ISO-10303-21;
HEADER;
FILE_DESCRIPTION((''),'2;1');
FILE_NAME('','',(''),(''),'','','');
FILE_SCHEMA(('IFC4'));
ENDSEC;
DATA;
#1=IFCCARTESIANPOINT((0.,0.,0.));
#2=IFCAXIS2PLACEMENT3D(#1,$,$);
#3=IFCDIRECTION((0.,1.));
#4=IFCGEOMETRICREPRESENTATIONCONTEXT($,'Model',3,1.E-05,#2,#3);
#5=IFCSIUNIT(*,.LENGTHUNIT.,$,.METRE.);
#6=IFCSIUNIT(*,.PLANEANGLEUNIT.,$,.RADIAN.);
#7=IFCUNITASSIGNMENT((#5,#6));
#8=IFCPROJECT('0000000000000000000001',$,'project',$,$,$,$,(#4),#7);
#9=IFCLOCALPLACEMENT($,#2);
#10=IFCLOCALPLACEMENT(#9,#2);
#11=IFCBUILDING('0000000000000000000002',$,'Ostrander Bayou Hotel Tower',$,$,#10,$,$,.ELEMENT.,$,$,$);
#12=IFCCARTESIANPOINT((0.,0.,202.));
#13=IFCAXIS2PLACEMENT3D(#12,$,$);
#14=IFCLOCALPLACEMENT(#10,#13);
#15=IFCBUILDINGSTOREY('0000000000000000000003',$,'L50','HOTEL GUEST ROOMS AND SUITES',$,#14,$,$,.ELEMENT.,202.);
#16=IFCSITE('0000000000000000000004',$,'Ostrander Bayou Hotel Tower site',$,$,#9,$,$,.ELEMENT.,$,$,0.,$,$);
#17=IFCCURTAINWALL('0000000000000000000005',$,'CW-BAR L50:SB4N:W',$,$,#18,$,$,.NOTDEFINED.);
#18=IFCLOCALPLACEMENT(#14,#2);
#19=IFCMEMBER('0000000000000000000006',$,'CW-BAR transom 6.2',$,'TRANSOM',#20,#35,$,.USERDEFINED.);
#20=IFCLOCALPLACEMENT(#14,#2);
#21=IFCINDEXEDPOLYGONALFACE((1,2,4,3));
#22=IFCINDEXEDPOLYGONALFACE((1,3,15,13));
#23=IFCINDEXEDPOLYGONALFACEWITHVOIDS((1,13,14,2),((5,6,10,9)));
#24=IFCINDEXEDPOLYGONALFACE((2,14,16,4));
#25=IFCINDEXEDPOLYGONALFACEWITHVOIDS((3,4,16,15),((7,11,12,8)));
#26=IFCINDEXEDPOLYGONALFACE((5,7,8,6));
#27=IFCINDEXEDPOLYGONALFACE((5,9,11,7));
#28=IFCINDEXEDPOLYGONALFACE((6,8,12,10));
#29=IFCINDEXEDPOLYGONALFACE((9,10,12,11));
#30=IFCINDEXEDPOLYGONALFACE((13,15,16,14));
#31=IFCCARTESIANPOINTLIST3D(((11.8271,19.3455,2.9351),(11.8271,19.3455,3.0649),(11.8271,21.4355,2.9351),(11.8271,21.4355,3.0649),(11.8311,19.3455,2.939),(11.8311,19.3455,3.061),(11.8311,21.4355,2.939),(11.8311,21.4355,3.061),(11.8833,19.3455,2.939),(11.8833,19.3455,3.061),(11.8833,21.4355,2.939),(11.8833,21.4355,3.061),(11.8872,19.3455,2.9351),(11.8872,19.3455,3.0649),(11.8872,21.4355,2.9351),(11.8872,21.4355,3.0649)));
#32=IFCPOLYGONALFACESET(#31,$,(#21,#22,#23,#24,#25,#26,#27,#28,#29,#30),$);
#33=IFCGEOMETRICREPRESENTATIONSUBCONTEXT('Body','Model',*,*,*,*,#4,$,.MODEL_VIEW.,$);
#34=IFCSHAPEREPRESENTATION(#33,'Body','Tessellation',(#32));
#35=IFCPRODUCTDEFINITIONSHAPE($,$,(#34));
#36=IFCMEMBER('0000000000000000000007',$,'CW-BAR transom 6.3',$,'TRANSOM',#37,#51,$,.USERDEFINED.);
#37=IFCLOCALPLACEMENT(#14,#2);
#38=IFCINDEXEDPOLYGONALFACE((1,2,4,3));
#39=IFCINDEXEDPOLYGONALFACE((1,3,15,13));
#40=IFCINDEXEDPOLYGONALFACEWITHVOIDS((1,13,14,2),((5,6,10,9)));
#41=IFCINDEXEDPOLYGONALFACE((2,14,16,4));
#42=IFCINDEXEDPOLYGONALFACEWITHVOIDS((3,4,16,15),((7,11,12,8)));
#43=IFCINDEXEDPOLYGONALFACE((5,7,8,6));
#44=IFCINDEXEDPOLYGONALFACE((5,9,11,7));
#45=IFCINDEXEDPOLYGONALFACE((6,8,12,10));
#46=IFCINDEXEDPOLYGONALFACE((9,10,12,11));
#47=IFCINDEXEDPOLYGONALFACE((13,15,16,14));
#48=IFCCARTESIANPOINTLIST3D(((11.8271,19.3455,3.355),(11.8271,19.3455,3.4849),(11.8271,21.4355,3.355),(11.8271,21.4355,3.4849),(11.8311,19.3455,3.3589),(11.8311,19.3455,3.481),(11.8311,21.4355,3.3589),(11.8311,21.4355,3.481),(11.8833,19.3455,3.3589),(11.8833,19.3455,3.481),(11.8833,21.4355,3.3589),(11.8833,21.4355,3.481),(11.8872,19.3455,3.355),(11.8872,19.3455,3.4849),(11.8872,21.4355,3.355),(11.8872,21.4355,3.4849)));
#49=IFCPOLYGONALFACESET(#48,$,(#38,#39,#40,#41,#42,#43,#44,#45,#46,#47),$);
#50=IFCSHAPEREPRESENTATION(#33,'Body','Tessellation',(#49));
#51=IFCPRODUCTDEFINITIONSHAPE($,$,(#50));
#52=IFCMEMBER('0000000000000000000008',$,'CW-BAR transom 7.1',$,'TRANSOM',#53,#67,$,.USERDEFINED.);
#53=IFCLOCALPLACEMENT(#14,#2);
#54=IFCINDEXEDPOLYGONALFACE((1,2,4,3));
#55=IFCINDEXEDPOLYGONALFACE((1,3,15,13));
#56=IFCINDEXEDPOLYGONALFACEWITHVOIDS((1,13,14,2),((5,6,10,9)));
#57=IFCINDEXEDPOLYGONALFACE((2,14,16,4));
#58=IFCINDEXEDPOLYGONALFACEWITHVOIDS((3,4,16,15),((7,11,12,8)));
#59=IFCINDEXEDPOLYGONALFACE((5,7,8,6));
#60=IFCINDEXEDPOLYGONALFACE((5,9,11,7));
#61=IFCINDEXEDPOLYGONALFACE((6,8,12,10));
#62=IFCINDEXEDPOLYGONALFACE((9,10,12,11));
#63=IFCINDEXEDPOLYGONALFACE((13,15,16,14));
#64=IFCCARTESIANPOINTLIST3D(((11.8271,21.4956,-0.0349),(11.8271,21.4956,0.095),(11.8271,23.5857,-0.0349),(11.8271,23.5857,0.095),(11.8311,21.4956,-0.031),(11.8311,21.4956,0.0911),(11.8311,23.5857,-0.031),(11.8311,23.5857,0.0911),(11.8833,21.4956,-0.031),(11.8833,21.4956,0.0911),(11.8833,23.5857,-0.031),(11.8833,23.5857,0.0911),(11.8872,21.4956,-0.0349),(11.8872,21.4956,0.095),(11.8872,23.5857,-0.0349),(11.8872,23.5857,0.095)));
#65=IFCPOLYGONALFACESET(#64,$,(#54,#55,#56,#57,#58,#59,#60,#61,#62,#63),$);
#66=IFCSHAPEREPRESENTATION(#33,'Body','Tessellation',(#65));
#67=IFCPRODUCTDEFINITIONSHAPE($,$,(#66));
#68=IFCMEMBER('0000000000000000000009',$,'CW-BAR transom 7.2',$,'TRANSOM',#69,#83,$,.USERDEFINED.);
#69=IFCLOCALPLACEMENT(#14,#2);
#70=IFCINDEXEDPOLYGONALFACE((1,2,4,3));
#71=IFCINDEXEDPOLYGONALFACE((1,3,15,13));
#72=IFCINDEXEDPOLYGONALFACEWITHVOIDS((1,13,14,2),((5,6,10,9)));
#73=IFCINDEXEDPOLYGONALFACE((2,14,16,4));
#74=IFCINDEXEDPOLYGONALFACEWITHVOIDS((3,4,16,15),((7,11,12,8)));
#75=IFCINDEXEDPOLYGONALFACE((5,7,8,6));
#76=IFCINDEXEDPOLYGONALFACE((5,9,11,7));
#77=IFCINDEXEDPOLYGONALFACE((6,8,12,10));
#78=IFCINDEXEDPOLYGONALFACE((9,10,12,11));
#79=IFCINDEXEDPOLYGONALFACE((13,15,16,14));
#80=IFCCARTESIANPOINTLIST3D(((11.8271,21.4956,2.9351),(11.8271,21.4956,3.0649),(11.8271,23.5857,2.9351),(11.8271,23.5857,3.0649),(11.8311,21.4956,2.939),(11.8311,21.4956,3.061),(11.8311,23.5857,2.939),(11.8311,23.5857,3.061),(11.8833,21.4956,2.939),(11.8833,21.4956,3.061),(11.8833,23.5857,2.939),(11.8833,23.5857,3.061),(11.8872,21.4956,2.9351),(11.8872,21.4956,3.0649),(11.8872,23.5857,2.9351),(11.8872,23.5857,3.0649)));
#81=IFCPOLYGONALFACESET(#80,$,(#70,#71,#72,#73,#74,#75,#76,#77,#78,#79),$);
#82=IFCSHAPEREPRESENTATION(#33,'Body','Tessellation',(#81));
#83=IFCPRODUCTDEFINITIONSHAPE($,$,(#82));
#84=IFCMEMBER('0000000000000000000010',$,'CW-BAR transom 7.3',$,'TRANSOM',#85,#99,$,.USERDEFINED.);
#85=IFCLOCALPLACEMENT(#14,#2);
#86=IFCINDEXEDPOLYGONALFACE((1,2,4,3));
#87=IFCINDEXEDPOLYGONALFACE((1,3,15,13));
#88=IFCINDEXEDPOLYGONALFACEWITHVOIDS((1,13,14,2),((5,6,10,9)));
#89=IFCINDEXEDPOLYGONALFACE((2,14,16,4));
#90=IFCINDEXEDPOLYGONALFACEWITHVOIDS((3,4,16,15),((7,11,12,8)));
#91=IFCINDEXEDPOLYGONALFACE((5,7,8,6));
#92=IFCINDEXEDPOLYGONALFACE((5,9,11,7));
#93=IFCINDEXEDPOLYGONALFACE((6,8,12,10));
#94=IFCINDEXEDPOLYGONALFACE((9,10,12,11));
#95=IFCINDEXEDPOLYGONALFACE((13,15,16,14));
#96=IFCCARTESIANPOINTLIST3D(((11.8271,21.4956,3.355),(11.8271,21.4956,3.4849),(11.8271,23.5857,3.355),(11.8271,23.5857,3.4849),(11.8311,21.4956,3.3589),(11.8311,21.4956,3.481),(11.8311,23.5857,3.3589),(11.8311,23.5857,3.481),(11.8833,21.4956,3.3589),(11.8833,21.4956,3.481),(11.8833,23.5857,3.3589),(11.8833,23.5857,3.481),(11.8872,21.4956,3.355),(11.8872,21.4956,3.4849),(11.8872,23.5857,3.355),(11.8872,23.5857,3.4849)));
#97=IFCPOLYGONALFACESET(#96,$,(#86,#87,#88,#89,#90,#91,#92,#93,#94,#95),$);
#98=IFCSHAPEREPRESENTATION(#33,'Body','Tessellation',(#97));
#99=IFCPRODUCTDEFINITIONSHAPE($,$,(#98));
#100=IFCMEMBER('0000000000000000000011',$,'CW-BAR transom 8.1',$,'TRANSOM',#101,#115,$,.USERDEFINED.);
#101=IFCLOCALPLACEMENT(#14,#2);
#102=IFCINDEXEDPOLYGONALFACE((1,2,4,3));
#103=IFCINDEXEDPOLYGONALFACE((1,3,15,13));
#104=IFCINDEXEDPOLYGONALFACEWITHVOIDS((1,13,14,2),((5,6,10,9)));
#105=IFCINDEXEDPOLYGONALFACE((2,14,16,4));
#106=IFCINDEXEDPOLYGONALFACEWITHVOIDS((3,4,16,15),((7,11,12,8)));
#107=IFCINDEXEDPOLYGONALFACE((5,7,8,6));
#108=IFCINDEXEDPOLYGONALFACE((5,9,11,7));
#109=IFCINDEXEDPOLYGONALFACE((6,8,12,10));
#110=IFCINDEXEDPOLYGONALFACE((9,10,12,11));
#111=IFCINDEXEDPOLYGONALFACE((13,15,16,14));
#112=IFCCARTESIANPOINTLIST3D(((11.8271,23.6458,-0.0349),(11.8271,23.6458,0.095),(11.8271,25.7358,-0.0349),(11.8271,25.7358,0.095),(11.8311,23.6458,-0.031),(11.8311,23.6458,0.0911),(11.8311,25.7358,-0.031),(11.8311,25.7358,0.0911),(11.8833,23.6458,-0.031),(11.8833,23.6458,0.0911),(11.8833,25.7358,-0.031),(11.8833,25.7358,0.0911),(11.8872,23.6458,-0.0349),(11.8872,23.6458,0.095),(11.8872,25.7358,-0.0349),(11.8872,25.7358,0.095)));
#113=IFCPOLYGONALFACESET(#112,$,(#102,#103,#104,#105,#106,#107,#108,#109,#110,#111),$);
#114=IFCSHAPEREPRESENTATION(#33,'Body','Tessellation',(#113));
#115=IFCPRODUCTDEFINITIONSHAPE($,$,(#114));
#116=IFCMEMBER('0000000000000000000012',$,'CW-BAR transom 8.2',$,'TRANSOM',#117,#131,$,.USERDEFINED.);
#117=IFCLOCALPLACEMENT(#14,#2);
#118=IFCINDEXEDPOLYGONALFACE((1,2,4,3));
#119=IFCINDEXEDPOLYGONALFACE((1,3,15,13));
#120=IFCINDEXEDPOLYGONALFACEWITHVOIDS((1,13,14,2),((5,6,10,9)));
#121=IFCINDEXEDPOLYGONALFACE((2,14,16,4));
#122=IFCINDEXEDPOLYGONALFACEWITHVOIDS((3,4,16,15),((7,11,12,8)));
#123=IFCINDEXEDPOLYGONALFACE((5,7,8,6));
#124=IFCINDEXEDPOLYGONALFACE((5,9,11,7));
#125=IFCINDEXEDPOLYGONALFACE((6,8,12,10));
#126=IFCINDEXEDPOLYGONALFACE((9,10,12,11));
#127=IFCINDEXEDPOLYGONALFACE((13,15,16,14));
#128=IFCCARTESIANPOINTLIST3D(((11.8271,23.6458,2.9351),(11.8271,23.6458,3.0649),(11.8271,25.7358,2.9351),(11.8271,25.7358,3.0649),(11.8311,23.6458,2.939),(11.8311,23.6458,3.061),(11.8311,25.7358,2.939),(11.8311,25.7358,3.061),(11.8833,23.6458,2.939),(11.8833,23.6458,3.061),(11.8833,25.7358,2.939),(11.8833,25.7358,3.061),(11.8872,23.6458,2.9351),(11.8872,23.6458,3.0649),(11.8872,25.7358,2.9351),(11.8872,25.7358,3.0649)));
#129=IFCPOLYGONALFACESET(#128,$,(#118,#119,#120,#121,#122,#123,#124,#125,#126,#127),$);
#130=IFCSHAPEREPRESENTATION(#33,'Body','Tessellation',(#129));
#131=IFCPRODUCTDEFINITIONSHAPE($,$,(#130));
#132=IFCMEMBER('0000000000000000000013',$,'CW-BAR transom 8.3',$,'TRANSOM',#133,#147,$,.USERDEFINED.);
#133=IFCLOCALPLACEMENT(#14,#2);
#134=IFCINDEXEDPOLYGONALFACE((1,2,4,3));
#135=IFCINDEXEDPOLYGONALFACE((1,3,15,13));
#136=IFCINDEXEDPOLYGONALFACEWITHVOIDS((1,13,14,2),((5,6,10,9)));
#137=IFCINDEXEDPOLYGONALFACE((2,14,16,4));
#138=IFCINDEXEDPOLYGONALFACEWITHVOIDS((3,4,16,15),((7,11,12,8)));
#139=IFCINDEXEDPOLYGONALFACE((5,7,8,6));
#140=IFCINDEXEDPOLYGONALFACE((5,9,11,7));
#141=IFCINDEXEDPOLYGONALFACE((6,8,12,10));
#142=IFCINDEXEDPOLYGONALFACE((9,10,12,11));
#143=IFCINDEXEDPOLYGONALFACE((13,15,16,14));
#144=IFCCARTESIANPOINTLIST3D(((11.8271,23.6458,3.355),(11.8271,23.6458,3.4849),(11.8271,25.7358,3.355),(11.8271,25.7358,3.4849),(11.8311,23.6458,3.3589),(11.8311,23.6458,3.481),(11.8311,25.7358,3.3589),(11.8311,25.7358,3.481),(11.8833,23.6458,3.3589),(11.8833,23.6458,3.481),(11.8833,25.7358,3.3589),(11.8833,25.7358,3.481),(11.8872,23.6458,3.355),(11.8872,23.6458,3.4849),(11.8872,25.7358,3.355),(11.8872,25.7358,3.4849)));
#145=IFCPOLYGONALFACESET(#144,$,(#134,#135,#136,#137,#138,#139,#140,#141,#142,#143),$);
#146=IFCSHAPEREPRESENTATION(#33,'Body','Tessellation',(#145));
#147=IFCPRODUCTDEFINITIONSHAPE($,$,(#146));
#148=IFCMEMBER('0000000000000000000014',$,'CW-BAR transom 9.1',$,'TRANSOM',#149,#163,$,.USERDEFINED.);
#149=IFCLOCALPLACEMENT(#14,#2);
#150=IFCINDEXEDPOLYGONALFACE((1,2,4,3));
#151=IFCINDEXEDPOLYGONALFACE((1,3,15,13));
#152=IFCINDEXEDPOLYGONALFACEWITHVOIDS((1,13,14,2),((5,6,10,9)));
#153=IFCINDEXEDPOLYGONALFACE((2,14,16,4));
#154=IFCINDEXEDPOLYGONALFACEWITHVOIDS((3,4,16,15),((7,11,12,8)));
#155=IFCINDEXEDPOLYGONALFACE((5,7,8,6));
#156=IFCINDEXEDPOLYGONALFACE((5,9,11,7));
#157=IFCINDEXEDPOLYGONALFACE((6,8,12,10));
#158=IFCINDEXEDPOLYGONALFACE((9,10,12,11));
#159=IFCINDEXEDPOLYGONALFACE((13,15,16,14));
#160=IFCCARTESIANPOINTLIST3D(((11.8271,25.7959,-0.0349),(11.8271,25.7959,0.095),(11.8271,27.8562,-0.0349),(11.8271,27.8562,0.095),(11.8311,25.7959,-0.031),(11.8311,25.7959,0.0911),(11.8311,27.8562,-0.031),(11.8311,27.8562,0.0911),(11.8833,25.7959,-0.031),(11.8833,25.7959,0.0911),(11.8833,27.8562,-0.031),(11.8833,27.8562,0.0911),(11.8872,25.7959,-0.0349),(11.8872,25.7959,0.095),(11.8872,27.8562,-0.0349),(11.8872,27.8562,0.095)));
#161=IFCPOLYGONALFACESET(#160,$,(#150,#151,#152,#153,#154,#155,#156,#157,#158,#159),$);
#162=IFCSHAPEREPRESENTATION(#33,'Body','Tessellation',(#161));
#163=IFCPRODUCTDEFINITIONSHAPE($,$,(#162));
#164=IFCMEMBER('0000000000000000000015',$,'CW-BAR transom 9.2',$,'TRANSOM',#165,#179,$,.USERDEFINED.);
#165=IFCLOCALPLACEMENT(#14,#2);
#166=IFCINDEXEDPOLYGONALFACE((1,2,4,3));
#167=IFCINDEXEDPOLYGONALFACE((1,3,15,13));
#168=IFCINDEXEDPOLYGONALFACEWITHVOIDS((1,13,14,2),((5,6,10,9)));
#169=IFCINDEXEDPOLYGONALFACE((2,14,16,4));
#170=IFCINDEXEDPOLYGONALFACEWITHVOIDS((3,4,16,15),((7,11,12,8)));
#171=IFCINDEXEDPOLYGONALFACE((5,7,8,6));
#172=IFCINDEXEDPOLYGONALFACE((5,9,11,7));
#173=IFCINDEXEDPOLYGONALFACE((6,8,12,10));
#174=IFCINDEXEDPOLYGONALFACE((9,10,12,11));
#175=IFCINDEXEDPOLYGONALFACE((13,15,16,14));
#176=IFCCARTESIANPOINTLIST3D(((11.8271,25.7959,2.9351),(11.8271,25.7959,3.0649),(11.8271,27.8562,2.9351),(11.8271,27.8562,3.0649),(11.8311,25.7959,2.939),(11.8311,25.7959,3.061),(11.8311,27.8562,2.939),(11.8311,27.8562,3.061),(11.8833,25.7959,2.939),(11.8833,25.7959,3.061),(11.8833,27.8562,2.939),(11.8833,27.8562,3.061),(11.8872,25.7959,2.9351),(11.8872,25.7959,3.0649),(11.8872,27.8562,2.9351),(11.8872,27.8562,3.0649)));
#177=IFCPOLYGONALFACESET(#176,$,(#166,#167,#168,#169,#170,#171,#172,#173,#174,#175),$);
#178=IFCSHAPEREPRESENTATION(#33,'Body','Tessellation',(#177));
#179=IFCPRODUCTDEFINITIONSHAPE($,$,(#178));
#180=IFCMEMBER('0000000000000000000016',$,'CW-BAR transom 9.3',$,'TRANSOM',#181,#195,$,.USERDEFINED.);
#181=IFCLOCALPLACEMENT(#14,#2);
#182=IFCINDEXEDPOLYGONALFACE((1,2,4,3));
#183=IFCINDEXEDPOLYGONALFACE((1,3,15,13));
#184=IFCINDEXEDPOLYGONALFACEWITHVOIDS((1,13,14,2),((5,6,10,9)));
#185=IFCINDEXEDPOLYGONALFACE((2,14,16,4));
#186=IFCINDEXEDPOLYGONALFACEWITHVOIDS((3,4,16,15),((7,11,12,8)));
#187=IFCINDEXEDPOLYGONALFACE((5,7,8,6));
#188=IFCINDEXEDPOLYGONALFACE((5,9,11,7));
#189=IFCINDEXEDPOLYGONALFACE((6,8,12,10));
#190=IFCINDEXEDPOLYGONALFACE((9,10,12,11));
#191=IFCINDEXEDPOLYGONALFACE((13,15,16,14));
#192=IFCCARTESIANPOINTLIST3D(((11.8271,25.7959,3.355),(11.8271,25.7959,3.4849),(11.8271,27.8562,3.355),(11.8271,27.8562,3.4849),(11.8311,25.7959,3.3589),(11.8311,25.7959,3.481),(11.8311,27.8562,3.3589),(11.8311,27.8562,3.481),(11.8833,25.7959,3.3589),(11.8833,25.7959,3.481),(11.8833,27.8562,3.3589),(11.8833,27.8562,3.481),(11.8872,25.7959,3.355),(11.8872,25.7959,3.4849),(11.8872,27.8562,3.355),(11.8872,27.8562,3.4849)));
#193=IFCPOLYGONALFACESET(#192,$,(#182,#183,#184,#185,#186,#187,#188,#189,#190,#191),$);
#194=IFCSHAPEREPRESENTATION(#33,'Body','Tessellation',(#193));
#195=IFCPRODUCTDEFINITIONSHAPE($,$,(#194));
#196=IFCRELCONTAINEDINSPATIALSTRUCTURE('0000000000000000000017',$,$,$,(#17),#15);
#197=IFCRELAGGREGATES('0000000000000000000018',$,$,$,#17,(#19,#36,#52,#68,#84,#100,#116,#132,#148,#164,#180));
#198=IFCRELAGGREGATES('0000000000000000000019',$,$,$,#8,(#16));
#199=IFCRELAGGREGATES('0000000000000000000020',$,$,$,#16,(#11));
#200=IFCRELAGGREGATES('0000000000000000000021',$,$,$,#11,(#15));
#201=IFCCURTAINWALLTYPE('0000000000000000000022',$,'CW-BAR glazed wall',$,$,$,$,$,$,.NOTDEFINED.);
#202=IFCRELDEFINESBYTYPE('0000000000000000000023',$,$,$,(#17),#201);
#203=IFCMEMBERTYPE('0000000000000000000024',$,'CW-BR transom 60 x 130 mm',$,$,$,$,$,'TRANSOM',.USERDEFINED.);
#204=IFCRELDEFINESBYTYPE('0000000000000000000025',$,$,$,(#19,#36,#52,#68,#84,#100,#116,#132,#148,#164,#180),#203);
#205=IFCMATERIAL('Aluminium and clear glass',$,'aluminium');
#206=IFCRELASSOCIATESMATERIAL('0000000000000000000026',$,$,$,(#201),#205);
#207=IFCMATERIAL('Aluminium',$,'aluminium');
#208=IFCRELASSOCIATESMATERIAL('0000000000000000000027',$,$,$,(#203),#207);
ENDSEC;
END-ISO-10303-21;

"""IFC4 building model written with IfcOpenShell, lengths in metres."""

from ifc_helpers import new_model, si_unit, direction, frame, origin, origin_2d, place, context, subcontext, project, spatial, hollow_rectangle, extrude, material, material_profile, profile_set, type_object, element, aggregate, save


model = new_model("IFC4")

# Units and contexts
model_context = context("Model", 3, precision=1e-05, world=origin(), true_north=direction((0.0, 1.0)))
body_context = subcontext(model_context, "Body", "Model", "MODEL_VIEW")
ifc_project = project(units=[si_unit("LENGTHUNIT", "METRE"), si_unit("PLANEANGLEUNIT", "RADIAN")], contexts=[model_context])

# Site, building, storey
site_placement = place(None, origin())
site = spatial("IfcSite", under=ifc_project, at=site_placement, Name="Ostrander Bayou Hotel Tower site", CompositionType="ELEMENT", RefElevation=0.0)
building_placement = place(site_placement, origin())
building = spatial("IfcBuilding", under=site, at=building_placement, Name="Ostrander Bayou Hotel Tower", CompositionType="ELEMENT")
storey_placement = place(building_placement, frame((0.0, 0.0, 202.0)))
storey = spatial("IfcBuildingStorey", under=building, at=storey_placement, Name="L50", Description="HOTEL GUEST ROOMS AND SUITES", CompositionType="ELEMENT", Elevation=202.0)

# Shared definitions
ifc_material_1 = material(Name="Aluminium and clear glass", Category="aluminium")
curtain_wall_type = type_object("IfcCurtainWallType", Name="CW-BAR glazed wall", PredefinedType="NOTDEFINED", material=ifc_material_1)

# Curtain wall, members
curtain_wall_1_placement = place(storey_placement, origin())
curtain_wall_1 = element("IfcCurtainWall", 1, at=curtain_wall_1_placement, inside=storey, type_object=curtain_wall_type, Name="CW-BAR L50:SB4N:W", PredefinedType="NOTDEFINED")
ifc_material_2 = material(Name="Aluminium", Category="aluminium")
ifc_material_profile_1 = material_profile(ifc_material_2, hollow_rectangle(XDim=0.0601, YDim=0.1299, WallThickness=0.0039, at=origin_2d()))
ifc_profile_set_1 = profile_set([ifc_material_profile_1], Name="Aluminium")
member_type_1 = type_object("IfcMemberType", Name="CW-BR transom 60 x 130 mm", ElementType="TRANSOM", PredefinedType="USERDEFINED", material=ifc_profile_set_1)
member_1_placement = place(storey_placement, frame((11.8572, 19.3455, 3.0), z_axis=(0.0, 1.0, 0.0), x_axis=(-1.0, 0.0, 0.0)))
member_1 = element("IfcMember", 2, at=member_1_placement, type_object=member_type_1, Name="CW-BAR transom 6.2", ObjectType="TRANSOM", PredefinedType="USERDEFINED", context=body_context, shape_type="SweptSolid", body=[
    extrude(hollow_rectangle(XDim=0.0601, YDim=0.1299, WallThickness=0.0039, at=origin_2d()), origin(), (0.0, 0.0, 1.0), 2.0901),
])
member_2_placement = place(storey_placement, frame((11.8572, 19.3455, 3.4199), z_axis=(0.0, 1.0, 0.0), x_axis=(-1.0, 0.0, 0.0)))
member_2 = element("IfcMember", 3, at=member_2_placement, type_object=member_type_1, Name="CW-BAR transom 6.3", ObjectType="TRANSOM", PredefinedType="USERDEFINED", context=body_context, shape_type="SweptSolid", body=[
    extrude(hollow_rectangle(XDim=0.0601, YDim=0.1299, WallThickness=0.0039, at=origin_2d()), origin(), (0.0, 0.0, 1.0), 2.0901),
])
member_3_placement = place(storey_placement, frame((11.8572, 21.4956, 0.03), z_axis=(0.0, 1.0, 0.0), x_axis=(-1.0, 0.0, 0.0)))
member_3 = element("IfcMember", 4, at=member_3_placement, type_object=member_type_1, Name="CW-BAR transom 7.1", ObjectType="TRANSOM", PredefinedType="USERDEFINED", context=body_context, shape_type="SweptSolid", body=[
    extrude(hollow_rectangle(XDim=0.0601, YDim=0.1299, WallThickness=0.0039, at=origin_2d()), origin(), (0.0, 0.0, 1.0), 2.0901),
])
member_4_placement = place(storey_placement, frame((11.8572, 21.4956, 3.0), z_axis=(0.0, 1.0, 0.0), x_axis=(-1.0, 0.0, 0.0)))
member_4 = element("IfcMember", 5, at=member_4_placement, type_object=member_type_1, Name="CW-BAR transom 7.2", ObjectType="TRANSOM", PredefinedType="USERDEFINED", context=body_context, shape_type="SweptSolid", body=[
    extrude(hollow_rectangle(XDim=0.0601, YDim=0.1299, WallThickness=0.0039, at=origin_2d()), origin(), (0.0, 0.0, 1.0), 2.0901),
])
member_5_placement = place(storey_placement, frame((11.8572, 21.4956, 3.4199), z_axis=(0.0, 1.0, 0.0), x_axis=(-1.0, 0.0, 0.0)))
member_5 = element("IfcMember", 6, at=member_5_placement, type_object=member_type_1, Name="CW-BAR transom 7.3", ObjectType="TRANSOM", PredefinedType="USERDEFINED", context=body_context, shape_type="SweptSolid", body=[
    extrude(hollow_rectangle(XDim=0.0601, YDim=0.1299, WallThickness=0.0039, at=origin_2d()), origin(), (0.0, 0.0, 1.0), 2.0901),
])
member_6_placement = place(storey_placement, frame((11.8572, 23.6458, 0.03), z_axis=(0.0, 1.0, 0.0), x_axis=(-1.0, 0.0, 0.0)))
member_6 = element("IfcMember", 7, at=member_6_placement, type_object=member_type_1, Name="CW-BAR transom 8.1", ObjectType="TRANSOM", PredefinedType="USERDEFINED", context=body_context, shape_type="SweptSolid", body=[
    extrude(hollow_rectangle(XDim=0.0601, YDim=0.1299, WallThickness=0.0039, at=origin_2d()), origin(), (0.0, 0.0, 1.0), 2.0901),
])
member_7_placement = place(storey_placement, frame((11.8572, 23.6458, 3.0), z_axis=(0.0, 1.0, 0.0), x_axis=(-1.0, 0.0, 0.0)))
member_7 = element("IfcMember", 8, at=member_7_placement, type_object=member_type_1, Name="CW-BAR transom 8.2", ObjectType="TRANSOM", PredefinedType="USERDEFINED", context=body_context, shape_type="SweptSolid", body=[
    extrude(hollow_rectangle(XDim=0.0601, YDim=0.1299, WallThickness=0.0039, at=origin_2d()), origin(), (0.0, 0.0, 1.0), 2.0901),
])
member_8_placement = place(storey_placement, frame((11.8572, 23.6458, 3.4199), z_axis=(0.0, 1.0, 0.0), x_axis=(-1.0, 0.0, 0.0)))
member_8 = element("IfcMember", 9, at=member_8_placement, type_object=member_type_1, Name="CW-BAR transom 8.3", ObjectType="TRANSOM", PredefinedType="USERDEFINED", context=body_context, shape_type="SweptSolid", body=[
    extrude(hollow_rectangle(XDim=0.0601, YDim=0.1299, WallThickness=0.0039, at=origin_2d()), origin(), (0.0, 0.0, 1.0), 2.0901),
])
member_9_placement = place(storey_placement, frame((11.8572, 25.7959, 0.03), z_axis=(0.0, 1.0, 0.0), x_axis=(-1.0, 0.0, 0.0)))
member_9 = element("IfcMember", 10, at=member_9_placement, type_object=member_type_1, Name="CW-BAR transom 9.1", ObjectType="TRANSOM", PredefinedType="USERDEFINED", context=body_context, shape_type="SweptSolid", body=[
    extrude(hollow_rectangle(XDim=0.0601, YDim=0.1299, WallThickness=0.0039, at=origin_2d()), origin(), (0.0, 0.0, 1.0), 2.0603),
])
member_10_placement = place(storey_placement, frame((11.8572, 25.7959, 3.0), z_axis=(0.0, 1.0, 0.0), x_axis=(-1.0, 0.0, 0.0)))
member_10 = element("IfcMember", 11, at=member_10_placement, type_object=member_type_1, Name="CW-BAR transom 9.2", ObjectType="TRANSOM", PredefinedType="USERDEFINED", context=body_context, shape_type="SweptSolid", body=[
    extrude(hollow_rectangle(XDim=0.0601, YDim=0.1299, WallThickness=0.0039, at=origin_2d()), origin(), (0.0, 0.0, 1.0), 2.0603),
])
member_11_placement = place(storey_placement, frame((11.8572, 25.7959, 3.4199), z_axis=(0.0, 1.0, 0.0), x_axis=(-1.0, 0.0, 0.0)))
member_11 = element("IfcMember", 12, at=member_11_placement, type_object=member_type_1, Name="CW-BAR transom 9.3", ObjectType="TRANSOM", PredefinedType="USERDEFINED", context=body_context, shape_type="SweptSolid", body=[
    extrude(hollow_rectangle(XDim=0.0601, YDim=0.1299, WallThickness=0.0039, at=origin_2d()), origin(), (0.0, 0.0, 1.0), 2.0603),
])

aggregate(curtain_wall_1, [member_1, member_2, member_3, member_4, member_5, member_6, member_7, member_8, member_9, member_10, member_11])

save(model, "model.ifc")
